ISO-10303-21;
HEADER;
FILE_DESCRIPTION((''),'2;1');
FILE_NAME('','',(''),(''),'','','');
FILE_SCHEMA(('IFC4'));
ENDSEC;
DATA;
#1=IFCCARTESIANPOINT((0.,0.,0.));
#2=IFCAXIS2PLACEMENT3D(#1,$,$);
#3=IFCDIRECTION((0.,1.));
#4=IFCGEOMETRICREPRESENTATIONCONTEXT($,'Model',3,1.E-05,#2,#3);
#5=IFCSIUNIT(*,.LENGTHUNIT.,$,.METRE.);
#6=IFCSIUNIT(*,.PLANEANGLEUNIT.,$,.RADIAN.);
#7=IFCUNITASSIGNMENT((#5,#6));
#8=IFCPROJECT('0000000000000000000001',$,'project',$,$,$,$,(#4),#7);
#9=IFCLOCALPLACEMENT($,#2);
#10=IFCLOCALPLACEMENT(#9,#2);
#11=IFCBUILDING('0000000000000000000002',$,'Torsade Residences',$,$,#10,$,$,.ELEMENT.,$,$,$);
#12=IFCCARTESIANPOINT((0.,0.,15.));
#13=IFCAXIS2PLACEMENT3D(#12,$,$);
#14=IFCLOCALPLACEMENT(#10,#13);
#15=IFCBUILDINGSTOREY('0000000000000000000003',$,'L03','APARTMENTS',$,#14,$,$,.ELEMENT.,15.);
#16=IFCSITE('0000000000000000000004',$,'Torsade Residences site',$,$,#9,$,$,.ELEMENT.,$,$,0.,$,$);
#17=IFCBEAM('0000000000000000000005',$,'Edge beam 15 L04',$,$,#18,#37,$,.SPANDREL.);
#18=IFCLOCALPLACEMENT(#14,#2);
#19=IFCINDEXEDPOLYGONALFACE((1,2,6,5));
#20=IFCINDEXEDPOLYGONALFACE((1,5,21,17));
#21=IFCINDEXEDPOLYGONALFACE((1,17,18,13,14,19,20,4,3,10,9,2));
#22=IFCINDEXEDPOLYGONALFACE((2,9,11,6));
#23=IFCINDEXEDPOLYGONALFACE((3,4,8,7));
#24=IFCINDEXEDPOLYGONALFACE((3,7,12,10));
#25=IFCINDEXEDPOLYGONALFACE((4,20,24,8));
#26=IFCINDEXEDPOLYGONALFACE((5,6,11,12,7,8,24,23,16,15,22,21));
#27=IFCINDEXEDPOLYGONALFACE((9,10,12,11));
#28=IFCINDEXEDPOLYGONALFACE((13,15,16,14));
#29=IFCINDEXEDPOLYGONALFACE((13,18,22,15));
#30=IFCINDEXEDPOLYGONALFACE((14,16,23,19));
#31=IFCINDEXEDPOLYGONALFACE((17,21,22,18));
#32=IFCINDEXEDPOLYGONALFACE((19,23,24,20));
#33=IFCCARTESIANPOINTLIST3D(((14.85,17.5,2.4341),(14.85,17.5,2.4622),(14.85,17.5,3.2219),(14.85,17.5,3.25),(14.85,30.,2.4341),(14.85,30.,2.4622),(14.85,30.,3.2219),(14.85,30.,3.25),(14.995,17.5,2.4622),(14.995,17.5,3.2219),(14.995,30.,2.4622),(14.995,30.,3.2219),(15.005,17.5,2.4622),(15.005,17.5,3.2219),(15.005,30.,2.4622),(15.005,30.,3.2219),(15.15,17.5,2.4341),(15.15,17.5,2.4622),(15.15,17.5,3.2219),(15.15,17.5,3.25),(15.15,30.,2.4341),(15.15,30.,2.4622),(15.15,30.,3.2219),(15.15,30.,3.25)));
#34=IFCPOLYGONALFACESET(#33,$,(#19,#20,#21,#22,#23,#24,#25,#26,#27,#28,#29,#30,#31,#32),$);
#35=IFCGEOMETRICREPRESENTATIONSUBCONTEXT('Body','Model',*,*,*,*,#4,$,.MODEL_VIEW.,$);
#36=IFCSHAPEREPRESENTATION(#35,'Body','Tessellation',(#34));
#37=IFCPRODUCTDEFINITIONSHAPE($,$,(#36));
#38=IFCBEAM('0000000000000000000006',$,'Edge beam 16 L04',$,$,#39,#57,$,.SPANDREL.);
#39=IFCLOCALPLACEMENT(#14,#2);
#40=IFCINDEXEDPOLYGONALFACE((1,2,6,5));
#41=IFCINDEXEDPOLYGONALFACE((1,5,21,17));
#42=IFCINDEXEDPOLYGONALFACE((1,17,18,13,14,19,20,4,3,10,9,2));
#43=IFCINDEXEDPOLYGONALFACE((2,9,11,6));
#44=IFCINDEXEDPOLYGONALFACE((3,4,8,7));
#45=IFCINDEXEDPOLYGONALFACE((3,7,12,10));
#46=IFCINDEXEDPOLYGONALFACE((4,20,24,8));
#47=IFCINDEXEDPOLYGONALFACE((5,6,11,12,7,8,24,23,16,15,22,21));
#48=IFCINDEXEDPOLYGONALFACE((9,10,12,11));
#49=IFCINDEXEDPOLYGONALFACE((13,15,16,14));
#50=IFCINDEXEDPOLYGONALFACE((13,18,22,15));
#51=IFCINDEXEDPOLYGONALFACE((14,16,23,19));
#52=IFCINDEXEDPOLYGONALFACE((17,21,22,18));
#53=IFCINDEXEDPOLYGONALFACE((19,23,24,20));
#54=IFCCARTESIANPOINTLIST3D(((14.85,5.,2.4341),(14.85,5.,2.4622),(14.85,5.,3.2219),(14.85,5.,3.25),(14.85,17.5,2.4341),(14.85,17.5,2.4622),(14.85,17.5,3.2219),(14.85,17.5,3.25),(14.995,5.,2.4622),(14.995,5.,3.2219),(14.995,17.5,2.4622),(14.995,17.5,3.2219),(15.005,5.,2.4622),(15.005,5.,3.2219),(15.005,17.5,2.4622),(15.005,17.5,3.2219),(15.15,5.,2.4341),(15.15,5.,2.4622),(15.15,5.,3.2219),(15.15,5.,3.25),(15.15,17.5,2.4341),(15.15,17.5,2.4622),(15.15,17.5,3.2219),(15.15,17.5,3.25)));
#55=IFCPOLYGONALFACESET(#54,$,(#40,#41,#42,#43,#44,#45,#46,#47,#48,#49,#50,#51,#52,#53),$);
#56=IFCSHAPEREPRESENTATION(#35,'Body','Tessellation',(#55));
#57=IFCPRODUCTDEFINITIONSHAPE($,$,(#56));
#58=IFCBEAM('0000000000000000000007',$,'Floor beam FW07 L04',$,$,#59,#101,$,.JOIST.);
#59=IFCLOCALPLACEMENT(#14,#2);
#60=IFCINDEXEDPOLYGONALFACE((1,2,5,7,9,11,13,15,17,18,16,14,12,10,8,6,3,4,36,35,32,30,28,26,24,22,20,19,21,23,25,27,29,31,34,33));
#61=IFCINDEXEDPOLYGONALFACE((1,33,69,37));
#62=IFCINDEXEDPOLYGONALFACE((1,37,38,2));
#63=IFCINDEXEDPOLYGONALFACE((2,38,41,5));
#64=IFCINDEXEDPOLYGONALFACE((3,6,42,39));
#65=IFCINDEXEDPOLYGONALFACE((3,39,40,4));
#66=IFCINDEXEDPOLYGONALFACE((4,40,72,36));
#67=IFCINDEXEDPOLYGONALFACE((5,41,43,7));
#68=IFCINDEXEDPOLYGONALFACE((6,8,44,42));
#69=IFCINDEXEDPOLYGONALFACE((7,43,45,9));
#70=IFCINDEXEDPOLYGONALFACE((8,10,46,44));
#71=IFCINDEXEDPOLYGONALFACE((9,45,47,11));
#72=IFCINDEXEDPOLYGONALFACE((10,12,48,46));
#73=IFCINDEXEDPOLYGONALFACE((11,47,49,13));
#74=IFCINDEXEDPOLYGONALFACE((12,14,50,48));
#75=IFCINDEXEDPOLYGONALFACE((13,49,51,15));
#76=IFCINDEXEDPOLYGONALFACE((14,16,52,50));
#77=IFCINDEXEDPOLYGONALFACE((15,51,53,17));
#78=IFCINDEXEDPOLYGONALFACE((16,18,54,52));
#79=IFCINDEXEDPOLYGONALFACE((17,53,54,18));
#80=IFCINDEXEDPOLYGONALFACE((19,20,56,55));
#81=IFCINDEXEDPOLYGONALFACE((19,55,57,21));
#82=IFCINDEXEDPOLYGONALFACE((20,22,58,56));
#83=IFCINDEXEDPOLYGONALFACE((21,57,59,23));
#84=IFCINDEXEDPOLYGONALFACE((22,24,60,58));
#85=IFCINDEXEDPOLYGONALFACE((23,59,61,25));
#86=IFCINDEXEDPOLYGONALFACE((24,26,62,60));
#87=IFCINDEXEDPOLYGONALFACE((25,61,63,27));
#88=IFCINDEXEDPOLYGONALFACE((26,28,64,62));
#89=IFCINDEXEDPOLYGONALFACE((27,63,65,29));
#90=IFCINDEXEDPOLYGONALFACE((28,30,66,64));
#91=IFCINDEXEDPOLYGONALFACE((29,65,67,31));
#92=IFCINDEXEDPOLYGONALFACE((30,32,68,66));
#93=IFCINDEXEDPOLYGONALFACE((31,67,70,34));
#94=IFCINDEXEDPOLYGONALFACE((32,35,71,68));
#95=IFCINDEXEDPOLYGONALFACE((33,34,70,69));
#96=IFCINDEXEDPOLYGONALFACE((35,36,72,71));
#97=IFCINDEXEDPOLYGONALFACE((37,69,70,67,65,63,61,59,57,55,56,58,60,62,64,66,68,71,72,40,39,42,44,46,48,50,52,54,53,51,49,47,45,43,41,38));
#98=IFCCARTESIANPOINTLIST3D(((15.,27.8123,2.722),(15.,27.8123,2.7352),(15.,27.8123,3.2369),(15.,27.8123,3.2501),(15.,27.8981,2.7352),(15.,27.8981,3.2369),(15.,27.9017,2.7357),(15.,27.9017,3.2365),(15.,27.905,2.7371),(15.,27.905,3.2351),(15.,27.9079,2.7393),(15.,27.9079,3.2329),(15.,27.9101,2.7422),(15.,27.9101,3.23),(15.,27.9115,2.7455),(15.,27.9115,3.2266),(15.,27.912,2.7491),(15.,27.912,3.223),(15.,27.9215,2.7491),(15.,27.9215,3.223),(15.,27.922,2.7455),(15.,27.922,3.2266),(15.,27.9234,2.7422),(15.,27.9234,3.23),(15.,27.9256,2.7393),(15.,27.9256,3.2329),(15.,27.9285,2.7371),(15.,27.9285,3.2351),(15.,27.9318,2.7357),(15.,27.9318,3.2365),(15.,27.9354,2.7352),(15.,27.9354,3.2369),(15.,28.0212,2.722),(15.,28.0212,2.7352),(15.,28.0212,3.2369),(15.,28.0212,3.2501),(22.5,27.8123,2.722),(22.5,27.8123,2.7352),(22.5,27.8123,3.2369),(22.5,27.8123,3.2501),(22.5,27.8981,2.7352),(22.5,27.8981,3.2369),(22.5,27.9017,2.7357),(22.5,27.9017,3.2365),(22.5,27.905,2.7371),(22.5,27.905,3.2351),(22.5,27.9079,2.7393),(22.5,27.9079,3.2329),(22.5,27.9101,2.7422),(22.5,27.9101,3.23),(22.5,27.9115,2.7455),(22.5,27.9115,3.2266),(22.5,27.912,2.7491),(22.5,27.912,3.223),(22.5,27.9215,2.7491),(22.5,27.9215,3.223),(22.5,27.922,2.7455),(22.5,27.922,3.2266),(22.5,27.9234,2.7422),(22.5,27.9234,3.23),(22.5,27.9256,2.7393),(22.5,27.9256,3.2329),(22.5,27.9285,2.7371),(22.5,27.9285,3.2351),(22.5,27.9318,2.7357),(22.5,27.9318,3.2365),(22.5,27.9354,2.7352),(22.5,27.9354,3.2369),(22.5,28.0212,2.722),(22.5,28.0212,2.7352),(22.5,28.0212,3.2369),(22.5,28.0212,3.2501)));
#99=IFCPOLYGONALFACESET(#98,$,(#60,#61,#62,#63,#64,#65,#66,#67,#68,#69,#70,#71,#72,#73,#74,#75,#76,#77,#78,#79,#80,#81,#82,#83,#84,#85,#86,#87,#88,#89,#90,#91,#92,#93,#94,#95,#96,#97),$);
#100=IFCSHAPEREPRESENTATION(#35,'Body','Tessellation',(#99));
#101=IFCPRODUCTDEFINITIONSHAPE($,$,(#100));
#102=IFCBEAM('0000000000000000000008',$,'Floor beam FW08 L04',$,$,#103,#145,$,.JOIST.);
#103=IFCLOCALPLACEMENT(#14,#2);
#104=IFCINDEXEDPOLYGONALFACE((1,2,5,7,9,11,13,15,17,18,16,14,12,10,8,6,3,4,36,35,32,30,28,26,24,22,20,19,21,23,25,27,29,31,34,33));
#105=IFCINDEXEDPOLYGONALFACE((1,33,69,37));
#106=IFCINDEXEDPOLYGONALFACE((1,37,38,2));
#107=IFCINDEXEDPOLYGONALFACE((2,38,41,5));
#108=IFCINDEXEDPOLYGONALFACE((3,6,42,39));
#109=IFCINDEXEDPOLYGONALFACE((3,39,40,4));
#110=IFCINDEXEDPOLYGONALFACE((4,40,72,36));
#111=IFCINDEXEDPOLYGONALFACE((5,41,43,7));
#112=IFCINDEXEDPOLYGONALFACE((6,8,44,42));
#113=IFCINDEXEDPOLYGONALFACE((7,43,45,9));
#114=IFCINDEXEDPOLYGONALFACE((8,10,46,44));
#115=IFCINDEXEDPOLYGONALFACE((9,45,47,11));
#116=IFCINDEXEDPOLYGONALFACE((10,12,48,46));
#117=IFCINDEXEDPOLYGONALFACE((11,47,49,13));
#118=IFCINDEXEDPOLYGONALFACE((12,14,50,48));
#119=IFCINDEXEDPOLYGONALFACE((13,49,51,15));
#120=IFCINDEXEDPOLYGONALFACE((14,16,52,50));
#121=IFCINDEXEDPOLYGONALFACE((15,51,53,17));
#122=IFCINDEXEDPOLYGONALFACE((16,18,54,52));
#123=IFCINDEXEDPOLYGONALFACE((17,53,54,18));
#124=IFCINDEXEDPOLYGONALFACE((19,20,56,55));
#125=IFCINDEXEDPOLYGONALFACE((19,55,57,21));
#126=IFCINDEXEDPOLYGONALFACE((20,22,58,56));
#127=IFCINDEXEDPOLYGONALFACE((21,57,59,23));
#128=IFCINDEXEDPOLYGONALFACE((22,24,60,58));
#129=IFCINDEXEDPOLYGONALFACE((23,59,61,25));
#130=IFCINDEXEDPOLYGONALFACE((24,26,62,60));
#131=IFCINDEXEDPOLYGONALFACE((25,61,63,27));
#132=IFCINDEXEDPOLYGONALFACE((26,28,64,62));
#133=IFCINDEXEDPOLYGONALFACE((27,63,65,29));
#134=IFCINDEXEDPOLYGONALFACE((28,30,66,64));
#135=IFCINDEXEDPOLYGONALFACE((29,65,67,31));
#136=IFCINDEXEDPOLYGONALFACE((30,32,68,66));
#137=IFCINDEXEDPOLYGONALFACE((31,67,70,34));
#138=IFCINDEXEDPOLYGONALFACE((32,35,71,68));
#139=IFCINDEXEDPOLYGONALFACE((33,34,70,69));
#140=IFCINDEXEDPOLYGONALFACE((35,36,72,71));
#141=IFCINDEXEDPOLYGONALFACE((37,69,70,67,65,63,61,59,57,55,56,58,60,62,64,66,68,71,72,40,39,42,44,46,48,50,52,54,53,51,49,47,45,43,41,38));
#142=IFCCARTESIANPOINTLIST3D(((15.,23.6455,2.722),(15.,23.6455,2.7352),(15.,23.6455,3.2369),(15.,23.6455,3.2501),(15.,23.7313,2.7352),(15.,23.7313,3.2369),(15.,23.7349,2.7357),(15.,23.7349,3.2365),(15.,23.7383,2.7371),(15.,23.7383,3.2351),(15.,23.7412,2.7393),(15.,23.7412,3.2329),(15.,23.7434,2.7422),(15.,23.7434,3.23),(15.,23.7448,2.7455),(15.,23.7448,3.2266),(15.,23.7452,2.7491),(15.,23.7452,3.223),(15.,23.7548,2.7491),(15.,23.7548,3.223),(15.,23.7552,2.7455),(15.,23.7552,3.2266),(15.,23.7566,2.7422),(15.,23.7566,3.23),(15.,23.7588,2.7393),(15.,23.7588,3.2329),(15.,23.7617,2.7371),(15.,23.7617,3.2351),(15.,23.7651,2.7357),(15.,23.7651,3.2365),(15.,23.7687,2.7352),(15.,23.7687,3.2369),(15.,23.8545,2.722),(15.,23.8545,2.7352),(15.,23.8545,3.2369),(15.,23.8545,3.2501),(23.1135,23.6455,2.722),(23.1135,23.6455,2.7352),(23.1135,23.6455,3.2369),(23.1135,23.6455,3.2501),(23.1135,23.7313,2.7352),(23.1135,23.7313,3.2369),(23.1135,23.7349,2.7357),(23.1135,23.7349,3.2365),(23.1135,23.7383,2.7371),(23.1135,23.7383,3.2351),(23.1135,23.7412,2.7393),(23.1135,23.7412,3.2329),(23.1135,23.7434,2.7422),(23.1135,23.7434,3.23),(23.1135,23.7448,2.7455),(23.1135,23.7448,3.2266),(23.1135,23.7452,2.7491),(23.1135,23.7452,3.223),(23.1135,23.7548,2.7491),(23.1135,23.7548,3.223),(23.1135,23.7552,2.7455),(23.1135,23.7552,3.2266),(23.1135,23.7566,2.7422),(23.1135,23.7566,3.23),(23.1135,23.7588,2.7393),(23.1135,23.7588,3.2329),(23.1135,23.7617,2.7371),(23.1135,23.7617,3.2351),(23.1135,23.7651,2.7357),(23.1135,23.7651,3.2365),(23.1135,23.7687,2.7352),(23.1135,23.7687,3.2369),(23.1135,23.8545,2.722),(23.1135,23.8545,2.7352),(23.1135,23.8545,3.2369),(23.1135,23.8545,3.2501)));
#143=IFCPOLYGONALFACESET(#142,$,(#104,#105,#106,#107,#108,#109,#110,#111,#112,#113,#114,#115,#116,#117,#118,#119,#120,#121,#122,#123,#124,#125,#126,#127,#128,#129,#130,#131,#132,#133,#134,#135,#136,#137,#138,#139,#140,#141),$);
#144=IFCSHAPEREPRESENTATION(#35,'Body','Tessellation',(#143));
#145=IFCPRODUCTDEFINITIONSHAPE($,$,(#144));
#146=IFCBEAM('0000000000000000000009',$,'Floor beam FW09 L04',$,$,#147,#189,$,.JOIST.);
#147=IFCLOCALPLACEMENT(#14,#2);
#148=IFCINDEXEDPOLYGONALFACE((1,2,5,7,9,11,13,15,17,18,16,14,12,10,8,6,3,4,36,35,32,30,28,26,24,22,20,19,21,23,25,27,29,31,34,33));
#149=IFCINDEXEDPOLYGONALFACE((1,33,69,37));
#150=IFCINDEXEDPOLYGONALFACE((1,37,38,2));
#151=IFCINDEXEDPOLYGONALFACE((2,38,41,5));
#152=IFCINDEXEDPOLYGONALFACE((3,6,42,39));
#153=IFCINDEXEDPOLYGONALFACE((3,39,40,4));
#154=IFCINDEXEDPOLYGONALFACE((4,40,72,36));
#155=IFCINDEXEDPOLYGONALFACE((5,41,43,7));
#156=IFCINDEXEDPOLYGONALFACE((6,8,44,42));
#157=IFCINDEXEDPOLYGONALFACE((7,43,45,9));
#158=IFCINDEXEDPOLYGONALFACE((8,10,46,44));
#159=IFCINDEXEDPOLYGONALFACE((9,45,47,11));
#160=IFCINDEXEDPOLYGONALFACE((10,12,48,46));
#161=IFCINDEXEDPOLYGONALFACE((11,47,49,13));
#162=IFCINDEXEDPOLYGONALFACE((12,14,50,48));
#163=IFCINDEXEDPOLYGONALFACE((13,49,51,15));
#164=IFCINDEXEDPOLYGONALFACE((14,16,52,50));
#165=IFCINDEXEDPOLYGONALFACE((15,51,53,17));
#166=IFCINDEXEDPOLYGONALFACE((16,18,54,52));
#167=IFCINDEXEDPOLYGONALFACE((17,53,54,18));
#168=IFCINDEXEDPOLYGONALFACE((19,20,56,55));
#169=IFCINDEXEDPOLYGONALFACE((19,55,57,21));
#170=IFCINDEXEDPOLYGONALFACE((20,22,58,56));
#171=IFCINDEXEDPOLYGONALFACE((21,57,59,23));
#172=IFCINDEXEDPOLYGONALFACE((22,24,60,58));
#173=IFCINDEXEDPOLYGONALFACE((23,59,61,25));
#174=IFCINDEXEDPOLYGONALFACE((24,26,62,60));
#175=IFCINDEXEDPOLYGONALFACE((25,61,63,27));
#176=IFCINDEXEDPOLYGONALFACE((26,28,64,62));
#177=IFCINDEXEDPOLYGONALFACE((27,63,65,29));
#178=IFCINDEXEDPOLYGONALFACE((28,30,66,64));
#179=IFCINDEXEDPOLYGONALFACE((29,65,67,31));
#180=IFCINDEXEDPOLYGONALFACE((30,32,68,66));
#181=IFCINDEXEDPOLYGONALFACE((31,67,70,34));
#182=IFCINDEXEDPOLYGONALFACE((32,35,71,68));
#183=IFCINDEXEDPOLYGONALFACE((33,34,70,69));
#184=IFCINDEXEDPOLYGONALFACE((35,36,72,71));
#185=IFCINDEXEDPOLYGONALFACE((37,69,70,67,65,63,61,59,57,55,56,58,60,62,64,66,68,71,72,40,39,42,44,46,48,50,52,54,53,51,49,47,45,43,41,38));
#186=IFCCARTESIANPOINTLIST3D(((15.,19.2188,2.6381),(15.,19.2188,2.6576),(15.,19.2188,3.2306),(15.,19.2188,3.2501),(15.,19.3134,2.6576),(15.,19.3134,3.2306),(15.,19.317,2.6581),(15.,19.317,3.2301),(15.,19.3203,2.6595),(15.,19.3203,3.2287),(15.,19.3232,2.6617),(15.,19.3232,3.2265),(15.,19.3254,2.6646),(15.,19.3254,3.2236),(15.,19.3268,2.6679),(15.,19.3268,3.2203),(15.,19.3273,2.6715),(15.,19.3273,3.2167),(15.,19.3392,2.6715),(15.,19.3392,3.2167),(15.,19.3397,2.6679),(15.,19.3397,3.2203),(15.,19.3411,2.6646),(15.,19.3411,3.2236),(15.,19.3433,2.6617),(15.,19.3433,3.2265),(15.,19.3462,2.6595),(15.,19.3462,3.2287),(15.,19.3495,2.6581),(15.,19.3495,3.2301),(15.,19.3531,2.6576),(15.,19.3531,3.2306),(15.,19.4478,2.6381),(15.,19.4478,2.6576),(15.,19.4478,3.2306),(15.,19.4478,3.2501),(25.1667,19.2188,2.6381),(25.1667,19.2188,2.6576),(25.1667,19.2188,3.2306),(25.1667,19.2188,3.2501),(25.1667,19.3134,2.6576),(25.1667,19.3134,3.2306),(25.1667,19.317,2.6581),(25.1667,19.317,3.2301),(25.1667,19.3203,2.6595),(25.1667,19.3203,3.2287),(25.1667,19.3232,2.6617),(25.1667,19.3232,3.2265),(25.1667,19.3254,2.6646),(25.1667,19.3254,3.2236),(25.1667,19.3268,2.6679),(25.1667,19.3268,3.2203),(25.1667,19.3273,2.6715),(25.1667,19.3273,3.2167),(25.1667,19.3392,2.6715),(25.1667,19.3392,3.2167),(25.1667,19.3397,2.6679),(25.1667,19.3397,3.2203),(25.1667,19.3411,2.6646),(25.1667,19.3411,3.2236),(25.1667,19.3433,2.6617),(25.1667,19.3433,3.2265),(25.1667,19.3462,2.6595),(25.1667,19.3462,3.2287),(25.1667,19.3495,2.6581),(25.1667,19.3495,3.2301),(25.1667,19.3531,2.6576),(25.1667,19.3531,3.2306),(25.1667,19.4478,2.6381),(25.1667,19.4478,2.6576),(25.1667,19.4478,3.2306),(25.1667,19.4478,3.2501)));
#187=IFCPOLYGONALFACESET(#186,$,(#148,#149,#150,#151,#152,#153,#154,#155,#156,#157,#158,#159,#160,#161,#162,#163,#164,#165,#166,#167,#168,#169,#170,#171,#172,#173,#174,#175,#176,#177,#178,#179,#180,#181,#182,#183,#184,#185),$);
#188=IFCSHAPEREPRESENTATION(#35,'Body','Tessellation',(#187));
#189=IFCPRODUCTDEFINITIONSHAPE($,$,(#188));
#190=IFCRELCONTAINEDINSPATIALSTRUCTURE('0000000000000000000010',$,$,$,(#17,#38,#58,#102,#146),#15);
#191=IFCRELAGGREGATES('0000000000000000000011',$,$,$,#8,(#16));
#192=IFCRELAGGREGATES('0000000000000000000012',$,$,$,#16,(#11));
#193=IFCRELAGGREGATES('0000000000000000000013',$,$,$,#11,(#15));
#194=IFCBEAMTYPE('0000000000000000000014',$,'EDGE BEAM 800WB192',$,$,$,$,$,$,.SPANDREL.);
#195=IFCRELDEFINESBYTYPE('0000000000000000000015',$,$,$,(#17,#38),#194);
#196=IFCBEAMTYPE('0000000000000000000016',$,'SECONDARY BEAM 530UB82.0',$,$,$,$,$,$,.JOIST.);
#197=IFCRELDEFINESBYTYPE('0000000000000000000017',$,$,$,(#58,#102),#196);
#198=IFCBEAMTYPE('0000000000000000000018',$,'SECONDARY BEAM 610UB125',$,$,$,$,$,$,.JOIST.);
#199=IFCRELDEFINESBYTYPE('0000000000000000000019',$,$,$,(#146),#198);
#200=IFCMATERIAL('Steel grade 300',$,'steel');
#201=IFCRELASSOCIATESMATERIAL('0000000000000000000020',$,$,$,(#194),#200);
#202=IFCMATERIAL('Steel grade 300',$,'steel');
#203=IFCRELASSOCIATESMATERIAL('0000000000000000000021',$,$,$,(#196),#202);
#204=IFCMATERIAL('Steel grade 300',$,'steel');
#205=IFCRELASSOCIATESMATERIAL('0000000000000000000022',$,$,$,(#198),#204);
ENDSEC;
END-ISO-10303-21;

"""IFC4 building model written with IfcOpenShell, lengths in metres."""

from ifc_helpers import new_model, si_unit, direction, frame, origin, origin_2d, place, context, subcontext, project, spatial, i_section, extrude, material, material_profile, profile_set, type_object, element, save


model = new_model("IFC4")

# Units and contexts
model_context = context("Model", 3, precision=1e-05, world=origin(), true_north=direction((0.0, 1.0)))
body_context = subcontext(model_context, "Body", "Model", "MODEL_VIEW")
ifc_project = project(units=[si_unit("LENGTHUNIT", "METRE"), si_unit("PLANEANGLEUNIT", "RADIAN")], contexts=[model_context])

# Site, building, storey
site_placement = place(None, origin())
site = spatial("IfcSite", under=ifc_project, at=site_placement, Name="Torsade Residences site", CompositionType="ELEMENT", RefElevation=0.0)
building_placement = place(site_placement, origin())
building = spatial("IfcBuilding", under=site, at=building_placement, Name="Torsade Residences", CompositionType="ELEMENT")
storey_placement = place(building_placement, frame((0.0, 0.0, 15.0)))
storey = spatial("IfcBuildingStorey", under=building, at=storey_placement, Name="L03", Description="APARTMENTS", CompositionType="ELEMENT", Elevation=15.0)

# Beams
ifc_material_1 = material(Name="Steel grade 300", Category="steel")
ifc_material_profile_1 = material_profile(ifc_material_1, i_section(OverallWidth=0.3, OverallDepth=0.8159, WebThickness=0.01, FlangeThickness=0.0281, at=origin_2d()), Name="800WB192")
ifc_profile_set_1 = profile_set([ifc_material_profile_1], Name="Steel grade 300")
beam_type_1 = type_object("IfcBeamType", Name="EDGE BEAM 800WB192", PredefinedType="SPANDREL", material=ifc_profile_set_1)
for number, where, z_axis, x_axis, name in (
    (1, (15.0, 30.0, 2.842), (0.0, -1.0, 0.0), (1.0, 0.0, 0.0), "Edge beam 15 L04"),
    (2, (15.0, 17.5, 2.842), (0.0, -1.0, 0.0), (1.0, 0.0, 0.0), "Edge beam 16 L04"),
):
    element("IfcBeam", number, at=place(storey_placement, frame(where, z_axis=z_axis, x_axis=x_axis)), inside=storey, type_object=beam_type_1, Name=name, PredefinedType="SPANDREL", context=body_context, shape_type="SweptSolid", body=[
        extrude(i_section(OverallWidth=0.3, OverallDepth=0.8159, WebThickness=0.01, FlangeThickness=0.0281, at=origin_2d()), origin(), (0.0, 0.0, 1.0), 12.5),
    ])
ifc_material_2 = material(Name="Steel grade 300", Category="steel")
ifc_material_profile_2 = material_profile(ifc_material_2, i_section(OverallWidth=0.209, OverallDepth=0.5281, WebThickness=0.0095, FlangeThickness=0.0132, FilletRadius=0.0139, at=origin_2d()), Name="530UB82.0")
ifc_profile_set_2 = profile_set([ifc_material_profile_2], Name="Steel grade 300")
beam_type_2 = type_object("IfcBeamType", Name="SECONDARY BEAM 530UB82.0", PredefinedType="JOIST", material=ifc_profile_set_2)
beam_1_placement = place(storey_placement, frame((15.0, 27.9167, 2.9861), z_axis=(1.0, 0.0, 0.0), x_axis=(0.0, 1.0, 0.0)))
element("IfcBeam", 3, at=beam_1_placement, inside=storey, type_object=beam_type_2, Name="Floor beam FW07 L04", PredefinedType="JOIST", context=body_context, shape_type="SweptSolid", body=[
    extrude(i_section(OverallWidth=0.209, OverallDepth=0.5281, WebThickness=0.0095, FlangeThickness=0.0132, FilletRadius=0.0139, at=origin_2d()), origin(), (0.0, 0.0, 1.0), 7.5),
])
beam_2_placement = place(storey_placement, frame((15.0, 23.75, 2.9861), z_axis=(1.0, 0.0, 0.0), x_axis=(0.0, 1.0, 0.0)))
element("IfcBeam", 4, at=beam_2_placement, inside=storey, type_object=beam_type_2, Name="Floor beam FW08 L04", PredefinedType="JOIST", context=body_context, shape_type="SweptSolid", body=[
    extrude(i_section(OverallWidth=0.209, OverallDepth=0.5281, WebThickness=0.0095, FlangeThickness=0.0132, FilletRadius=0.0139, at=origin_2d()), origin(), (0.0, 0.0, 1.0), 8.1135),
])
ifc_material_3 = material(Name="Steel grade 300", Category="steel")
ifc_material_profile_3 = material_profile(ifc_material_3, i_section(OverallWidth=0.229, OverallDepth=0.6121, WebThickness=0.012, FlangeThickness=0.0195, FilletRadius=0.0139, at=origin_2d()), Name="610UB125")
ifc_profile_set_3 = profile_set([ifc_material_profile_3], Name="Steel grade 300")
beam_type_3 = type_object("IfcBeamType", Name="SECONDARY BEAM 610UB125", PredefinedType="JOIST", material=ifc_profile_set_3)
beam_3_placement = place(storey_placement, frame((15.0, 19.3333, 2.9441), z_axis=(1.0, 0.0, 0.0), x_axis=(0.0, 1.0, 0.0)))
element("IfcBeam", 5, at=beam_3_placement, inside=storey, type_object=beam_type_3, Name="Floor beam FW09 L04", PredefinedType="JOIST", context=body_context, shape_type="SweptSolid", body=[
    extrude(i_section(OverallWidth=0.229, OverallDepth=0.6121, WebThickness=0.012, FlangeThickness=0.0195, FilletRadius=0.0139, at=origin_2d()), origin(), (0.0, 0.0, 1.0), 10.1667),
])

save(model, "model.ifc")
